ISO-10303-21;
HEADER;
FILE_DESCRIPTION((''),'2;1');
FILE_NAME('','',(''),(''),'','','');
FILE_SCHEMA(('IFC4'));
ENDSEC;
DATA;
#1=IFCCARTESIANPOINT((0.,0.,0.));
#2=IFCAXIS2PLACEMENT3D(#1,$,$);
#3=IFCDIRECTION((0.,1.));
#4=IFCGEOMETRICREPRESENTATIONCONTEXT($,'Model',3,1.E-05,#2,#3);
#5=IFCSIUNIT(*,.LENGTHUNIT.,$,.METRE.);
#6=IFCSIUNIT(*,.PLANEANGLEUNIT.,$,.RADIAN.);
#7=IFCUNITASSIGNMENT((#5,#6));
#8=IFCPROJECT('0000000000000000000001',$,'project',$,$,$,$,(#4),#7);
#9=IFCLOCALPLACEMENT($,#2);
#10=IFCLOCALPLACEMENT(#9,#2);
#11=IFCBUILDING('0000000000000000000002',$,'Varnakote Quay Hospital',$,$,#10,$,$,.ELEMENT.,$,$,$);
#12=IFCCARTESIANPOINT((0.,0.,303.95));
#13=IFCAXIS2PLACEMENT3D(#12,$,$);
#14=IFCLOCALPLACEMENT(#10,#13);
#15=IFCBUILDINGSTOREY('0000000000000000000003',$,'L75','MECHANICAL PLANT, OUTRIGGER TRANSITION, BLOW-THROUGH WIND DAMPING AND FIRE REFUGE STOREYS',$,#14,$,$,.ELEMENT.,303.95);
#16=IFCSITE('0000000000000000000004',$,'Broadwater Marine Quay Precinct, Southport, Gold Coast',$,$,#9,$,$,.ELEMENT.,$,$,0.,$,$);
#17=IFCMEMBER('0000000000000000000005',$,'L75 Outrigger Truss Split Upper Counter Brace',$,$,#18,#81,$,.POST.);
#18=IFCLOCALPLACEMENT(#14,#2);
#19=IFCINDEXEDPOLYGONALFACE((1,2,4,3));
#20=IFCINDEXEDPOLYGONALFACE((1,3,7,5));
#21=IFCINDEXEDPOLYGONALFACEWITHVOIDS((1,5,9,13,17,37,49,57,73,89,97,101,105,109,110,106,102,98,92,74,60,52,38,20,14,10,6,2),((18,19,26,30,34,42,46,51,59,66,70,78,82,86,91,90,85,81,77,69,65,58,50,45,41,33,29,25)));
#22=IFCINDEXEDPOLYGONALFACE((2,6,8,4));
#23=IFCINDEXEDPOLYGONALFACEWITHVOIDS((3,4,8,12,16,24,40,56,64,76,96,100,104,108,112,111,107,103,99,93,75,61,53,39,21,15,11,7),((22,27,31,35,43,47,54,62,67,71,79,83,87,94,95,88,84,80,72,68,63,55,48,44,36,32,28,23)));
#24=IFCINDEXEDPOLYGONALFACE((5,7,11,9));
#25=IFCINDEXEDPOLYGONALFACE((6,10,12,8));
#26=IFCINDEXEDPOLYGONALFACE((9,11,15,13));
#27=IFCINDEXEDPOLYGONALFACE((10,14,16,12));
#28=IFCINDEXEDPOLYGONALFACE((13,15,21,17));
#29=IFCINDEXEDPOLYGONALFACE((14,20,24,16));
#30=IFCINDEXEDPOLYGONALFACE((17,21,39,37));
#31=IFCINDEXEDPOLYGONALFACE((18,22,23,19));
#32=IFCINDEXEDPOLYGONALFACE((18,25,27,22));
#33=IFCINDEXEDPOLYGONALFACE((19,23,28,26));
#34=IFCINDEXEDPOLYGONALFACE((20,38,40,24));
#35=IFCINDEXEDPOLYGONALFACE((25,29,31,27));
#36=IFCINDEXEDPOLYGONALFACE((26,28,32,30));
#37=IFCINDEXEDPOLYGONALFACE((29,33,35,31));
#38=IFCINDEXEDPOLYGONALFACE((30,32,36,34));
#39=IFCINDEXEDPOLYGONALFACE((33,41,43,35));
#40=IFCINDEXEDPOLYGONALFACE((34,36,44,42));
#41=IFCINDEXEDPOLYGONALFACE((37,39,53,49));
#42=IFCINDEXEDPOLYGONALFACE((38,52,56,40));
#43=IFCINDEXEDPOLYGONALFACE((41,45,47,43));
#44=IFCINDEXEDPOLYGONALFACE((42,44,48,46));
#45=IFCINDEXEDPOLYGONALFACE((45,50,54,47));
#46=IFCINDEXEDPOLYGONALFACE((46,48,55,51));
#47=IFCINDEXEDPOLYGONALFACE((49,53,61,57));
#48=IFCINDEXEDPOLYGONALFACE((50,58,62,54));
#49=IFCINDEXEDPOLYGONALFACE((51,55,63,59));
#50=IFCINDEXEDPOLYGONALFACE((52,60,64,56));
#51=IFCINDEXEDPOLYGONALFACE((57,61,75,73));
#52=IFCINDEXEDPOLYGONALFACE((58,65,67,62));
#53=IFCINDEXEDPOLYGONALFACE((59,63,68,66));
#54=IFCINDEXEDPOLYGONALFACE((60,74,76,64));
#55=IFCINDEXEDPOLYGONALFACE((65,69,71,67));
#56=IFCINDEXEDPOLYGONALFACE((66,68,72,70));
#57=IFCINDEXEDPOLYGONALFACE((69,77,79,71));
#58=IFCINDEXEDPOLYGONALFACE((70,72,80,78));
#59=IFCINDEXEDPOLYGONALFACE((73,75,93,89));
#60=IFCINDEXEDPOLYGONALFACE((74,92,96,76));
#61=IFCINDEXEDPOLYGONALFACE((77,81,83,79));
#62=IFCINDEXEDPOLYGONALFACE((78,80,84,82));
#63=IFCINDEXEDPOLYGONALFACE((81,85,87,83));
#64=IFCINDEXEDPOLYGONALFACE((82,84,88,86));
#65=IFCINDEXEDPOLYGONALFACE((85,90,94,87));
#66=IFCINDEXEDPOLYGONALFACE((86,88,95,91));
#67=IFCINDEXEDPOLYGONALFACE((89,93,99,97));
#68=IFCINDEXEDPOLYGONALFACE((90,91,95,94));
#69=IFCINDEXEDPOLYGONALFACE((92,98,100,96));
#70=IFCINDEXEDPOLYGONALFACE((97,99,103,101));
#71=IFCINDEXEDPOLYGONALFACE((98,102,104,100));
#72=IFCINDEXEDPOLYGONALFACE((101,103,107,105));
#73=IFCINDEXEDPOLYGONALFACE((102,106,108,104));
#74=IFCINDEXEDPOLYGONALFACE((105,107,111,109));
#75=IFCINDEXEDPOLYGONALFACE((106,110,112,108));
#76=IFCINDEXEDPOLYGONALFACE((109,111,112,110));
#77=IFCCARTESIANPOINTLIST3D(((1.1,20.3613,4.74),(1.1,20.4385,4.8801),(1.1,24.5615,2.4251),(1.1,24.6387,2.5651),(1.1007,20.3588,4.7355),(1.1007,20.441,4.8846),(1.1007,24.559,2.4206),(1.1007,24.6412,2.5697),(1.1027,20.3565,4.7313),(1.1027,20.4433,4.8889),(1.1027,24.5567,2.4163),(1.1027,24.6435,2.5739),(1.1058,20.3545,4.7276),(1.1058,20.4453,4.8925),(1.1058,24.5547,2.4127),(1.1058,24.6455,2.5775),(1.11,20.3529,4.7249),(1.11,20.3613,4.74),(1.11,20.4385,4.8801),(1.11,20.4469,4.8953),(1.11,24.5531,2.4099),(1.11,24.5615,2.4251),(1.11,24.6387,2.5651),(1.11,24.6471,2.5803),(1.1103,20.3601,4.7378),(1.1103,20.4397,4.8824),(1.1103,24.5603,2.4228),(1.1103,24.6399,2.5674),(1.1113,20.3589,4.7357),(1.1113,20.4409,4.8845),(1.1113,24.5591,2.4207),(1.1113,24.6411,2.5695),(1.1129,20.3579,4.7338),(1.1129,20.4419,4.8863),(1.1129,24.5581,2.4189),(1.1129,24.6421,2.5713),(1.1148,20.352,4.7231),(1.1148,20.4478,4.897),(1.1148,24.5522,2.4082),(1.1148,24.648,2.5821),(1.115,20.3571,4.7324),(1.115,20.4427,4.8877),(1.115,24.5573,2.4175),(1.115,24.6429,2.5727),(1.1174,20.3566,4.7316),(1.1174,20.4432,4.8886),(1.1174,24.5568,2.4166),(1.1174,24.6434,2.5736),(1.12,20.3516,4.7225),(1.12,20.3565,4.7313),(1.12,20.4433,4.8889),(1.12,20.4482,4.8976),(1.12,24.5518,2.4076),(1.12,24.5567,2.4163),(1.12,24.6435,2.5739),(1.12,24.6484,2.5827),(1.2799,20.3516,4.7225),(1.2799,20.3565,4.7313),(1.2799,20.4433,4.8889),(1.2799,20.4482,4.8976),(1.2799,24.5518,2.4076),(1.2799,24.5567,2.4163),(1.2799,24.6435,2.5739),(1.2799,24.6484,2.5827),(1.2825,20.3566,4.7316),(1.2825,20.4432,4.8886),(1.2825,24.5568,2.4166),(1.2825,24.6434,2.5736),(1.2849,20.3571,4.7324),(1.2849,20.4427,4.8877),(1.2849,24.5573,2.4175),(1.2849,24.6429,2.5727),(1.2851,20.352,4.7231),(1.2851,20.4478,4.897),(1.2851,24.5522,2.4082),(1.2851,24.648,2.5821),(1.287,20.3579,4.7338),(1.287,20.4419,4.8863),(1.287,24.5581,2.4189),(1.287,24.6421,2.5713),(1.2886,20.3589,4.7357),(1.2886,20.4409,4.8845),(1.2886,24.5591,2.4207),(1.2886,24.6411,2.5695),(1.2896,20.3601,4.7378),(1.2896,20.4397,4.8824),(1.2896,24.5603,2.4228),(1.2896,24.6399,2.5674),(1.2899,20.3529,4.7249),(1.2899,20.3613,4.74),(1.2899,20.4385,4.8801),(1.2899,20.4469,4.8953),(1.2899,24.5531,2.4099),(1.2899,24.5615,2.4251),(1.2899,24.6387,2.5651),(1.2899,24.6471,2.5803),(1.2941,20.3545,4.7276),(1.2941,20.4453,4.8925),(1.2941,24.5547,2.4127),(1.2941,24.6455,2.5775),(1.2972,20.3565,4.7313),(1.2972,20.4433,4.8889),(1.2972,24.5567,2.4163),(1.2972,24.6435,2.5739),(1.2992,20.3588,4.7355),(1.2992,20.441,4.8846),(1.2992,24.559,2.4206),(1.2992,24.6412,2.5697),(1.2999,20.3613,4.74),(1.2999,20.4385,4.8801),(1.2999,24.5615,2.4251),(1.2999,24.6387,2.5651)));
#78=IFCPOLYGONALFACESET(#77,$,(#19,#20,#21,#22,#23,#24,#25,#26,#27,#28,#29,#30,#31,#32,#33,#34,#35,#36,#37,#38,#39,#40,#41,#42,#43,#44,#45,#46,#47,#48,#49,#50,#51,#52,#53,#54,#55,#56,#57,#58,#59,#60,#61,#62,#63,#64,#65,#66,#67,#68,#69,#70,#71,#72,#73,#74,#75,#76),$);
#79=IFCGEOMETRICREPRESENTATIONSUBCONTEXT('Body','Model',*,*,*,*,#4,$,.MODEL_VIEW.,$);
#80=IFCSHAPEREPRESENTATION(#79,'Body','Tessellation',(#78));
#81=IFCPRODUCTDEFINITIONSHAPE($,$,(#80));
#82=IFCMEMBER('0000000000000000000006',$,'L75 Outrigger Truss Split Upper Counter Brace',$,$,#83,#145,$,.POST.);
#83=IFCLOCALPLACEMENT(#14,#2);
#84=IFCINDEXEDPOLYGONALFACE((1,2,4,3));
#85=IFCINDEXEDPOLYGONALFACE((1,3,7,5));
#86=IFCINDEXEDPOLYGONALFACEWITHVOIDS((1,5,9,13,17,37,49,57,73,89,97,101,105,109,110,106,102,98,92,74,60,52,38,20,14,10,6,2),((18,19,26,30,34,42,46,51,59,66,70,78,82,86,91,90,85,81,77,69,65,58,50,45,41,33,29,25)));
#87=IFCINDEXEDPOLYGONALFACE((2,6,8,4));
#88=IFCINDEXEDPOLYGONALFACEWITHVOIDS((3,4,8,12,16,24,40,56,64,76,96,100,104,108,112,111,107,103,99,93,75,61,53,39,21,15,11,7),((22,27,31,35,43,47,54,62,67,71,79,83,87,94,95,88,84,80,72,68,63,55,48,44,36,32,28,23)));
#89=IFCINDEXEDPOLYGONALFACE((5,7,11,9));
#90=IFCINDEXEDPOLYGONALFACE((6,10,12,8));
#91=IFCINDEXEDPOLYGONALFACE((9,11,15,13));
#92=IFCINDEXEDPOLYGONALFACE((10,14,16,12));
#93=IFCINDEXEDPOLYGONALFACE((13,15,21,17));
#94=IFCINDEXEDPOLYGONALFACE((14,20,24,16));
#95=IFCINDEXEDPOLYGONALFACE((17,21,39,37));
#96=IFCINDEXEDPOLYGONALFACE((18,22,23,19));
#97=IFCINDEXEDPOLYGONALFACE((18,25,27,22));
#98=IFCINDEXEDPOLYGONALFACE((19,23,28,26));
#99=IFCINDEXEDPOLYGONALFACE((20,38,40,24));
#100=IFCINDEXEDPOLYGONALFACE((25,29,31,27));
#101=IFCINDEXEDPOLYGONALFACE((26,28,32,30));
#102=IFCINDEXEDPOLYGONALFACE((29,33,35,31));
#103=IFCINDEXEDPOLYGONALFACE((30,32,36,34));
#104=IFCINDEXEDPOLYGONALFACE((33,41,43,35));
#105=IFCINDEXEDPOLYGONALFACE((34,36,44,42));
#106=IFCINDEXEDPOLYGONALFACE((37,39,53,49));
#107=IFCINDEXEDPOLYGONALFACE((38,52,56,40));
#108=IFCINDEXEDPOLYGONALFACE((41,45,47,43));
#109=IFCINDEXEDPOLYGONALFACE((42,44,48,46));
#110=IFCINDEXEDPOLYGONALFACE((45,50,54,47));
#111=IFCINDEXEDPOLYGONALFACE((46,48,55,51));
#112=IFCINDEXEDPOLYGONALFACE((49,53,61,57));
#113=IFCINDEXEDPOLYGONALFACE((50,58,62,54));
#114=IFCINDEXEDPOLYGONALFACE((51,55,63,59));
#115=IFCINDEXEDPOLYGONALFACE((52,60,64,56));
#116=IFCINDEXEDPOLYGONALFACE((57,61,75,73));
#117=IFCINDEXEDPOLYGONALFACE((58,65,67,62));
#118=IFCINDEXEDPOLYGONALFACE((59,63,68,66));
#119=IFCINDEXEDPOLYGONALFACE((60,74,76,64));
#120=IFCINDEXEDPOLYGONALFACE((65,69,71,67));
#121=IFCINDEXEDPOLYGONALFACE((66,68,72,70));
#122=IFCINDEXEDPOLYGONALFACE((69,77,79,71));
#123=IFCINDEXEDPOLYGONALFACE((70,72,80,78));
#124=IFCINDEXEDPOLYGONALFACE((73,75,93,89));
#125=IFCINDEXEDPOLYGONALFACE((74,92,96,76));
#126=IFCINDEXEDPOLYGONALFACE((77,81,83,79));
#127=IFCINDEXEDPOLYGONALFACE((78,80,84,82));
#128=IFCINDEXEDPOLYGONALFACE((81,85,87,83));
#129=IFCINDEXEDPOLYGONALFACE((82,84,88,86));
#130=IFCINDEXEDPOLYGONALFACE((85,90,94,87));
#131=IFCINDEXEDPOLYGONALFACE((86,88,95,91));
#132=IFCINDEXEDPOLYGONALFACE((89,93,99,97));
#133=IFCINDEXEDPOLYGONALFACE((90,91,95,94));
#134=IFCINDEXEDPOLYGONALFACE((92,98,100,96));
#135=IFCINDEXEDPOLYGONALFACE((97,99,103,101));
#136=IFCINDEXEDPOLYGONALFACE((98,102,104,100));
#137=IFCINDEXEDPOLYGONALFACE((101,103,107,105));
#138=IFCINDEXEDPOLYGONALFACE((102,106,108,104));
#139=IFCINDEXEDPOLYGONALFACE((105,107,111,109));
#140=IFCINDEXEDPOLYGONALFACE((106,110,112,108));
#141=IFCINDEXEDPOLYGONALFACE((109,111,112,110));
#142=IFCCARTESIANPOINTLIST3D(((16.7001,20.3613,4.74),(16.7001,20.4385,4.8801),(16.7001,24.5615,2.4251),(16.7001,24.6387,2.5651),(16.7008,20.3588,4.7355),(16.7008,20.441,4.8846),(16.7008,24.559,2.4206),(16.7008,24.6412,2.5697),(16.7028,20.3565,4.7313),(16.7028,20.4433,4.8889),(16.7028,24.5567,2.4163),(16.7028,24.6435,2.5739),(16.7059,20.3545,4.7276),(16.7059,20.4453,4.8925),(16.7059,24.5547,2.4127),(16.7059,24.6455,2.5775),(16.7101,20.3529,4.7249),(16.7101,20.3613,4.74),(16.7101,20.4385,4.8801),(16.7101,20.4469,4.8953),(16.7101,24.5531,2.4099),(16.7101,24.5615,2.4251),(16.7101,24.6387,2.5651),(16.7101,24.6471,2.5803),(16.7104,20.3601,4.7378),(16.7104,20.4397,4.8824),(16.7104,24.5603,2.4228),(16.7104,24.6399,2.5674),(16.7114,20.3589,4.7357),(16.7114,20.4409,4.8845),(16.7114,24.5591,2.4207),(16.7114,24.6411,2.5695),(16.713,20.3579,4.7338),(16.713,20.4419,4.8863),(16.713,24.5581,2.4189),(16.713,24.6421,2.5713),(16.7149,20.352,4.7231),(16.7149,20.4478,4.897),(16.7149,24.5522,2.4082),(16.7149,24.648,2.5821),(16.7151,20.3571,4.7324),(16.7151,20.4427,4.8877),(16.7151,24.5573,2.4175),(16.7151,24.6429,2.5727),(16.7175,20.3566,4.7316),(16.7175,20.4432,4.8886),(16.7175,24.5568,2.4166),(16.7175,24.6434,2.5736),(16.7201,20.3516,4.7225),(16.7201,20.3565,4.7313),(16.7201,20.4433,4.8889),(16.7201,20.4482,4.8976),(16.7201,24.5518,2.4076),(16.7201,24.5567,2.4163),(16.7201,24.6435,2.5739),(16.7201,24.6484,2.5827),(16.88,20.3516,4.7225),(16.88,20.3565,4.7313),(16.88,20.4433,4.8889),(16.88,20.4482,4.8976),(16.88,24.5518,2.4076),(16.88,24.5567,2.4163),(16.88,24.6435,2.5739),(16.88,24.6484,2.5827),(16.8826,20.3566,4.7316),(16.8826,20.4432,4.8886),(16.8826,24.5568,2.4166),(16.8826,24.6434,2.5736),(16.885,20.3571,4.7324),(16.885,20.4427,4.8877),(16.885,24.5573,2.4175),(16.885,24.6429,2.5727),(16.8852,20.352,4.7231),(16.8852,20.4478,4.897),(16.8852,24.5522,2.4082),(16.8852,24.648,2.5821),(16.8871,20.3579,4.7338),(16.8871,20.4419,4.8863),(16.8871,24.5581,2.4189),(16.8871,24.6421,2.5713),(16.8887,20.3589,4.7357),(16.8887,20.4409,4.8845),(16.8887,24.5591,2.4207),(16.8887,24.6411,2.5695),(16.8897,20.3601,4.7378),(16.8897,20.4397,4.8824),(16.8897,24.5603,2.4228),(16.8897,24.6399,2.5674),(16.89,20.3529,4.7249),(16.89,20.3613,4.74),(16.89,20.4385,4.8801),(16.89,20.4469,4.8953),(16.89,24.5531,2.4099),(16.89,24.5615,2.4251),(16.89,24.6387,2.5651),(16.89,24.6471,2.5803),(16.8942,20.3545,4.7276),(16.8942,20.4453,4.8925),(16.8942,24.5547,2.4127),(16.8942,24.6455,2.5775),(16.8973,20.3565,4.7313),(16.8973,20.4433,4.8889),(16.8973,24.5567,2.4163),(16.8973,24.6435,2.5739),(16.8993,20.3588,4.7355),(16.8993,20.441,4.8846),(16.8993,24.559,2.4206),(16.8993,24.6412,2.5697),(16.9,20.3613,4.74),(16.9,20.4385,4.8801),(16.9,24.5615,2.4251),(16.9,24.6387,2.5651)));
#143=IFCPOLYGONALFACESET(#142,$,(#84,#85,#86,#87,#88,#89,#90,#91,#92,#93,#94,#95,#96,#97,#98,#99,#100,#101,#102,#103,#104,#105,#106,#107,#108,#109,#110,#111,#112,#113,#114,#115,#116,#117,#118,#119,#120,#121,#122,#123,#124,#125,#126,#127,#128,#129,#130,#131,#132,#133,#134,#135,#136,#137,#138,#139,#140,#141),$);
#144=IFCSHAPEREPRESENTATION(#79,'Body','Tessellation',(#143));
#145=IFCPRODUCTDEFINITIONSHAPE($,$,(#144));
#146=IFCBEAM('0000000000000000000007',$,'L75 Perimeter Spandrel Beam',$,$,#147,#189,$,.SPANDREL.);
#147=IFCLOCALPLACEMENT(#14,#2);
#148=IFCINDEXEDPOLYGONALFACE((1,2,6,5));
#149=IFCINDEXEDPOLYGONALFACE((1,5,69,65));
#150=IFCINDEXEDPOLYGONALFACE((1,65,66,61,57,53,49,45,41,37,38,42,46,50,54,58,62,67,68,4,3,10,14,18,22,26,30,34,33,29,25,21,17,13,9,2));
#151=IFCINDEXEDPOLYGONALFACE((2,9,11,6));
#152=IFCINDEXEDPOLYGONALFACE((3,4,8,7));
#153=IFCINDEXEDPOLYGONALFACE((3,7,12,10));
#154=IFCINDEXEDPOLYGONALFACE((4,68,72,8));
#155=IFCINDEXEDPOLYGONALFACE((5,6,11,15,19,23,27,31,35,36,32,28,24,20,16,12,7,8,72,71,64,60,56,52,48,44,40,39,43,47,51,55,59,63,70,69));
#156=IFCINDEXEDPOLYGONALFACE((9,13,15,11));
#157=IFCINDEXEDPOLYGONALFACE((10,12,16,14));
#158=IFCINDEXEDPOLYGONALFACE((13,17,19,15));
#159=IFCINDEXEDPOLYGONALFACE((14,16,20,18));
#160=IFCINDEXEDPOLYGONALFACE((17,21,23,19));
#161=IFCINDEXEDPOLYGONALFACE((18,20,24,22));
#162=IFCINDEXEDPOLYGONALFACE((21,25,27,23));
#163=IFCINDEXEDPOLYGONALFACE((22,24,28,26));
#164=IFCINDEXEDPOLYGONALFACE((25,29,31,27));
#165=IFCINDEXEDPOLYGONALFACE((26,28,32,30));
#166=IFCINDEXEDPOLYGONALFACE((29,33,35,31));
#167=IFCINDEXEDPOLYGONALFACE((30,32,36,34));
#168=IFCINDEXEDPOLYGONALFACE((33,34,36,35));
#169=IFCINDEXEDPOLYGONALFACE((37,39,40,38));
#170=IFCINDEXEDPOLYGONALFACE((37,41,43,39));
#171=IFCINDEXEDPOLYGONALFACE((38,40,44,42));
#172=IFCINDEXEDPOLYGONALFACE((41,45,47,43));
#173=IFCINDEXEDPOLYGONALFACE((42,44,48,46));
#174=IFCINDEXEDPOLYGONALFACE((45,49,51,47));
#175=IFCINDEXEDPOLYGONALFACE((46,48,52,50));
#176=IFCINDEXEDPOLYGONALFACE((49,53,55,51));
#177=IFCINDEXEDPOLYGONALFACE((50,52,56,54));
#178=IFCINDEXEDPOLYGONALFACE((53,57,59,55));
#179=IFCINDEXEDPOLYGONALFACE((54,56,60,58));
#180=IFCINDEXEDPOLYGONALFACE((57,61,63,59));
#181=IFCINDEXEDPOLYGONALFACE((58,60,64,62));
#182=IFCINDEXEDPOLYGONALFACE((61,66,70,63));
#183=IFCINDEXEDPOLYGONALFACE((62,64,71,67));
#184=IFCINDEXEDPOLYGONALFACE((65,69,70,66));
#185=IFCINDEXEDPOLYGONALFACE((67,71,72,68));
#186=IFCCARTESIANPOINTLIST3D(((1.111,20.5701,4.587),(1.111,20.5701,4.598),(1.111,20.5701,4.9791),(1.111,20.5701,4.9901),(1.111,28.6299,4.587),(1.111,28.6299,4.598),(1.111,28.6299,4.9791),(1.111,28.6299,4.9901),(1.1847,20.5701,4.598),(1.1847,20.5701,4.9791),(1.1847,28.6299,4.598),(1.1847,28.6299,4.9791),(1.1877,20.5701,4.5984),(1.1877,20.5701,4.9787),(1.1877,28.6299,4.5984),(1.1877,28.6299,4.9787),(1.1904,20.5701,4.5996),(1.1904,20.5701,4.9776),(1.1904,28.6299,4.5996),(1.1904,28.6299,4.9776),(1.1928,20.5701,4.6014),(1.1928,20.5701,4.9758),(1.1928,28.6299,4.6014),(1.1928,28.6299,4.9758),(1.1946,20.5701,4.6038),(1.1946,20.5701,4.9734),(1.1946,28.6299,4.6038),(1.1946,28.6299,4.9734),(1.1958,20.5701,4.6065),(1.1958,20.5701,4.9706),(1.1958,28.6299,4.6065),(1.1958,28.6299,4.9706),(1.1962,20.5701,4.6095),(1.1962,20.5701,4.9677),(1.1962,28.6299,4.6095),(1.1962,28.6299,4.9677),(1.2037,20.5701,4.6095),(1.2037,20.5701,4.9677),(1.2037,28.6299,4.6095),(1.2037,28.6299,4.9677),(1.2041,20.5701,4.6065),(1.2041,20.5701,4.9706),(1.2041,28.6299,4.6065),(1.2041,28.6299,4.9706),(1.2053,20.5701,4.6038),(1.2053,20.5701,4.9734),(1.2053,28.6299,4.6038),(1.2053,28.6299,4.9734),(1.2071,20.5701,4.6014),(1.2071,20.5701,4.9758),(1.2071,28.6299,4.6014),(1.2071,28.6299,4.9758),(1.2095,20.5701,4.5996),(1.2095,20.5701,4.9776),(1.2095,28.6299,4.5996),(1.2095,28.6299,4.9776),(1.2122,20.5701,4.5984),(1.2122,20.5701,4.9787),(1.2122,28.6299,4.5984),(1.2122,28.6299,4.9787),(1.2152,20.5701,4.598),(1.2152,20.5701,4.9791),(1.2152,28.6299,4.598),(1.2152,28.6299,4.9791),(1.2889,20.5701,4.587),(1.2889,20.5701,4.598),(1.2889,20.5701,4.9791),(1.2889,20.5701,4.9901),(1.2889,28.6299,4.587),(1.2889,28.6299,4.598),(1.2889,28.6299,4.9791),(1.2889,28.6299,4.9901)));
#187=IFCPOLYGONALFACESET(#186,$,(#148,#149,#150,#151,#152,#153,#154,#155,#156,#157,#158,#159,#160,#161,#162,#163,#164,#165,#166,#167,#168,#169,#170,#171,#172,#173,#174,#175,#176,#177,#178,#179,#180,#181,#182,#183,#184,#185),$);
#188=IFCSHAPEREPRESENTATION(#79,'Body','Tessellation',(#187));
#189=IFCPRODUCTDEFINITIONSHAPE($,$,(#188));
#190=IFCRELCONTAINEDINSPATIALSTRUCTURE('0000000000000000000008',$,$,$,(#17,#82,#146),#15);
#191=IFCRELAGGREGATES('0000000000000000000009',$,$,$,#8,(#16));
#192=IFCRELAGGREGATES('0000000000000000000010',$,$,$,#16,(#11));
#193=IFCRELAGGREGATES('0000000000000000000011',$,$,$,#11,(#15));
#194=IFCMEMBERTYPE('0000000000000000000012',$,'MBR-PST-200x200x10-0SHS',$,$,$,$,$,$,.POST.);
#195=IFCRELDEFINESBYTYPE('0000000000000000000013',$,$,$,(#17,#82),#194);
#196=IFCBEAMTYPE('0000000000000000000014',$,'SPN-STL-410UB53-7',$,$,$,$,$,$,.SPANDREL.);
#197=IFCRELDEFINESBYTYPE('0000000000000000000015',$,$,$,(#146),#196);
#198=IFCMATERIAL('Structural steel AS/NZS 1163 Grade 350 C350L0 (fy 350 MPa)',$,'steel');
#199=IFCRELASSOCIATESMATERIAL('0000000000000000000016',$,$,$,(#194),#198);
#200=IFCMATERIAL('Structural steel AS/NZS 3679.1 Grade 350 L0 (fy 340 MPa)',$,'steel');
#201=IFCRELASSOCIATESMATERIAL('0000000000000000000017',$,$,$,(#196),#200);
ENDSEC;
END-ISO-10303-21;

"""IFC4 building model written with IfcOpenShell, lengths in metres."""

from ifc_helpers import new_model, si_unit, direction, frame, origin, origin_2d, place, context, subcontext, project, spatial, hollow_rectangle, i_section, extrude, material, material_profile, profile_set, type_object, element, save


model = new_model("IFC4")

# Units and contexts
model_context = context("Model", 3, precision=1e-05, world=origin(), true_north=direction((0.0, 1.0)))
body_context = subcontext(model_context, "Body", "Model", "MODEL_VIEW")
ifc_project = project(units=[si_unit("LENGTHUNIT", "METRE"), si_unit("PLANEANGLEUNIT", "RADIAN")], contexts=[model_context])

# Site, building, storey
site_placement = place(None, origin())
site = spatial("IfcSite", under=ifc_project, at=site_placement, Name="Broadwater Marine Quay Precinct, Southport, Gold Coast", CompositionType="ELEMENT", RefElevation=0.0)
building_placement = place(site_placement, origin())
building = spatial("IfcBuilding", under=site, at=building_placement, Name="Varnakote Quay Hospital", CompositionType="ELEMENT")
storey_placement = place(building_placement, frame((0.0, 0.0, 303.95)))
storey = spatial("IfcBuildingStorey", under=building, at=storey_placement, Name="L75", Description="MECHANICAL PLANT, OUTRIGGER TRANSITION, BLOW-THROUGH WIND DAMPING AND FIRE REFUGE STOREYS", CompositionType="ELEMENT", Elevation=303.95)

# Members
ifc_material_1 = material(Name="Structural steel AS/NZS 1163 Grade 350 C350L0 (fy 350 MPa)", Category="steel")
ifc_material_profile_1 = material_profile(ifc_material_1, hollow_rectangle(XDim=0.2, YDim=0.2, WallThickness=0.01, InnerFilletRadius=0.01, OuterFilletRadius=0.02, at=origin_2d()), Name="200x200x10.0SHS")
ifc_profile_set_1 = profile_set([ifc_material_profile_1], Name="Structural steel AS/NZS 1163 Grade 350 C350L0 (fy 350 MPa)")
member_type_1 = type_object("IfcMemberType", Name="MBR-PST-200x200x10-0SHS", PredefinedType="POST", material=ifc_profile_set_1)
for number, where, z_axis, x_axis, name in (
    (1, (1.2, 24.6001, 2.4951), (0.0, -0.87579, 0.482692), (1.0, 0.0, 0.0), "L75 Outrigger Truss Split Upper Counter Brace"),
    (2, (16.8, 24.6001, 2.4951), (0.0, -0.87579, 0.482692), (1.0, 0.0, 0.0), "L75 Outrigger Truss Split Upper Counter Brace"),
):
    element("IfcMember", number, at=place(storey_placement, frame(where, z_axis=z_axis, x_axis=x_axis)), inside=storey, type_object=member_type_1, Name=name, PredefinedType="POST", context=body_context, shape_type="SweptSolid", body=[
        extrude(hollow_rectangle(XDim=0.2, YDim=0.2, WallThickness=0.01, InnerFilletRadius=0.01, OuterFilletRadius=0.02, at=origin_2d()), origin(), (0.0, 0.0, 1.0), 4.7959),
    ])

# Beam
ifc_material_2 = material(Name="Structural steel AS/NZS 3679.1 Grade 350 L0 (fy 340 MPa)", Category="steel")
ifc_material_profile_2 = material_profile(ifc_material_2, i_section(OverallWidth=0.178, OverallDepth=0.4031, WebThickness=0.0076, FlangeThickness=0.011, FilletRadius=0.0115, at=origin_2d()), Name="410UB53.7")
ifc_profile_set_2 = profile_set([ifc_material_profile_2], Name="Structural steel AS/NZS 3679.1 Grade 350 L0 (fy 340 MPa)")
beam_type_1 = type_object("IfcBeamType", Name="SPN-STL-410UB53-7", PredefinedType="SPANDREL", material=ifc_profile_set_2)
beam_1_placement = place(storey_placement, frame((1.2, 20.5701, 4.7886), z_axis=(0.0, 1.0, 0.0), x_axis=(-1.0, 0.0, 0.0)))
element("IfcBeam", 3, at=beam_1_placement, inside=storey, type_object=beam_type_1, Name="L75 Perimeter Spandrel Beam", PredefinedType="SPANDREL", context=body_context, shape_type="SweptSolid", body=[
    extrude(i_section(OverallWidth=0.178, OverallDepth=0.4031, WebThickness=0.0076, FlangeThickness=0.011, FilletRadius=0.0115, at=origin_2d()), origin(), (0.0, 0.0, 1.0), 8.0598),
])

save(model, "model.ifc")
